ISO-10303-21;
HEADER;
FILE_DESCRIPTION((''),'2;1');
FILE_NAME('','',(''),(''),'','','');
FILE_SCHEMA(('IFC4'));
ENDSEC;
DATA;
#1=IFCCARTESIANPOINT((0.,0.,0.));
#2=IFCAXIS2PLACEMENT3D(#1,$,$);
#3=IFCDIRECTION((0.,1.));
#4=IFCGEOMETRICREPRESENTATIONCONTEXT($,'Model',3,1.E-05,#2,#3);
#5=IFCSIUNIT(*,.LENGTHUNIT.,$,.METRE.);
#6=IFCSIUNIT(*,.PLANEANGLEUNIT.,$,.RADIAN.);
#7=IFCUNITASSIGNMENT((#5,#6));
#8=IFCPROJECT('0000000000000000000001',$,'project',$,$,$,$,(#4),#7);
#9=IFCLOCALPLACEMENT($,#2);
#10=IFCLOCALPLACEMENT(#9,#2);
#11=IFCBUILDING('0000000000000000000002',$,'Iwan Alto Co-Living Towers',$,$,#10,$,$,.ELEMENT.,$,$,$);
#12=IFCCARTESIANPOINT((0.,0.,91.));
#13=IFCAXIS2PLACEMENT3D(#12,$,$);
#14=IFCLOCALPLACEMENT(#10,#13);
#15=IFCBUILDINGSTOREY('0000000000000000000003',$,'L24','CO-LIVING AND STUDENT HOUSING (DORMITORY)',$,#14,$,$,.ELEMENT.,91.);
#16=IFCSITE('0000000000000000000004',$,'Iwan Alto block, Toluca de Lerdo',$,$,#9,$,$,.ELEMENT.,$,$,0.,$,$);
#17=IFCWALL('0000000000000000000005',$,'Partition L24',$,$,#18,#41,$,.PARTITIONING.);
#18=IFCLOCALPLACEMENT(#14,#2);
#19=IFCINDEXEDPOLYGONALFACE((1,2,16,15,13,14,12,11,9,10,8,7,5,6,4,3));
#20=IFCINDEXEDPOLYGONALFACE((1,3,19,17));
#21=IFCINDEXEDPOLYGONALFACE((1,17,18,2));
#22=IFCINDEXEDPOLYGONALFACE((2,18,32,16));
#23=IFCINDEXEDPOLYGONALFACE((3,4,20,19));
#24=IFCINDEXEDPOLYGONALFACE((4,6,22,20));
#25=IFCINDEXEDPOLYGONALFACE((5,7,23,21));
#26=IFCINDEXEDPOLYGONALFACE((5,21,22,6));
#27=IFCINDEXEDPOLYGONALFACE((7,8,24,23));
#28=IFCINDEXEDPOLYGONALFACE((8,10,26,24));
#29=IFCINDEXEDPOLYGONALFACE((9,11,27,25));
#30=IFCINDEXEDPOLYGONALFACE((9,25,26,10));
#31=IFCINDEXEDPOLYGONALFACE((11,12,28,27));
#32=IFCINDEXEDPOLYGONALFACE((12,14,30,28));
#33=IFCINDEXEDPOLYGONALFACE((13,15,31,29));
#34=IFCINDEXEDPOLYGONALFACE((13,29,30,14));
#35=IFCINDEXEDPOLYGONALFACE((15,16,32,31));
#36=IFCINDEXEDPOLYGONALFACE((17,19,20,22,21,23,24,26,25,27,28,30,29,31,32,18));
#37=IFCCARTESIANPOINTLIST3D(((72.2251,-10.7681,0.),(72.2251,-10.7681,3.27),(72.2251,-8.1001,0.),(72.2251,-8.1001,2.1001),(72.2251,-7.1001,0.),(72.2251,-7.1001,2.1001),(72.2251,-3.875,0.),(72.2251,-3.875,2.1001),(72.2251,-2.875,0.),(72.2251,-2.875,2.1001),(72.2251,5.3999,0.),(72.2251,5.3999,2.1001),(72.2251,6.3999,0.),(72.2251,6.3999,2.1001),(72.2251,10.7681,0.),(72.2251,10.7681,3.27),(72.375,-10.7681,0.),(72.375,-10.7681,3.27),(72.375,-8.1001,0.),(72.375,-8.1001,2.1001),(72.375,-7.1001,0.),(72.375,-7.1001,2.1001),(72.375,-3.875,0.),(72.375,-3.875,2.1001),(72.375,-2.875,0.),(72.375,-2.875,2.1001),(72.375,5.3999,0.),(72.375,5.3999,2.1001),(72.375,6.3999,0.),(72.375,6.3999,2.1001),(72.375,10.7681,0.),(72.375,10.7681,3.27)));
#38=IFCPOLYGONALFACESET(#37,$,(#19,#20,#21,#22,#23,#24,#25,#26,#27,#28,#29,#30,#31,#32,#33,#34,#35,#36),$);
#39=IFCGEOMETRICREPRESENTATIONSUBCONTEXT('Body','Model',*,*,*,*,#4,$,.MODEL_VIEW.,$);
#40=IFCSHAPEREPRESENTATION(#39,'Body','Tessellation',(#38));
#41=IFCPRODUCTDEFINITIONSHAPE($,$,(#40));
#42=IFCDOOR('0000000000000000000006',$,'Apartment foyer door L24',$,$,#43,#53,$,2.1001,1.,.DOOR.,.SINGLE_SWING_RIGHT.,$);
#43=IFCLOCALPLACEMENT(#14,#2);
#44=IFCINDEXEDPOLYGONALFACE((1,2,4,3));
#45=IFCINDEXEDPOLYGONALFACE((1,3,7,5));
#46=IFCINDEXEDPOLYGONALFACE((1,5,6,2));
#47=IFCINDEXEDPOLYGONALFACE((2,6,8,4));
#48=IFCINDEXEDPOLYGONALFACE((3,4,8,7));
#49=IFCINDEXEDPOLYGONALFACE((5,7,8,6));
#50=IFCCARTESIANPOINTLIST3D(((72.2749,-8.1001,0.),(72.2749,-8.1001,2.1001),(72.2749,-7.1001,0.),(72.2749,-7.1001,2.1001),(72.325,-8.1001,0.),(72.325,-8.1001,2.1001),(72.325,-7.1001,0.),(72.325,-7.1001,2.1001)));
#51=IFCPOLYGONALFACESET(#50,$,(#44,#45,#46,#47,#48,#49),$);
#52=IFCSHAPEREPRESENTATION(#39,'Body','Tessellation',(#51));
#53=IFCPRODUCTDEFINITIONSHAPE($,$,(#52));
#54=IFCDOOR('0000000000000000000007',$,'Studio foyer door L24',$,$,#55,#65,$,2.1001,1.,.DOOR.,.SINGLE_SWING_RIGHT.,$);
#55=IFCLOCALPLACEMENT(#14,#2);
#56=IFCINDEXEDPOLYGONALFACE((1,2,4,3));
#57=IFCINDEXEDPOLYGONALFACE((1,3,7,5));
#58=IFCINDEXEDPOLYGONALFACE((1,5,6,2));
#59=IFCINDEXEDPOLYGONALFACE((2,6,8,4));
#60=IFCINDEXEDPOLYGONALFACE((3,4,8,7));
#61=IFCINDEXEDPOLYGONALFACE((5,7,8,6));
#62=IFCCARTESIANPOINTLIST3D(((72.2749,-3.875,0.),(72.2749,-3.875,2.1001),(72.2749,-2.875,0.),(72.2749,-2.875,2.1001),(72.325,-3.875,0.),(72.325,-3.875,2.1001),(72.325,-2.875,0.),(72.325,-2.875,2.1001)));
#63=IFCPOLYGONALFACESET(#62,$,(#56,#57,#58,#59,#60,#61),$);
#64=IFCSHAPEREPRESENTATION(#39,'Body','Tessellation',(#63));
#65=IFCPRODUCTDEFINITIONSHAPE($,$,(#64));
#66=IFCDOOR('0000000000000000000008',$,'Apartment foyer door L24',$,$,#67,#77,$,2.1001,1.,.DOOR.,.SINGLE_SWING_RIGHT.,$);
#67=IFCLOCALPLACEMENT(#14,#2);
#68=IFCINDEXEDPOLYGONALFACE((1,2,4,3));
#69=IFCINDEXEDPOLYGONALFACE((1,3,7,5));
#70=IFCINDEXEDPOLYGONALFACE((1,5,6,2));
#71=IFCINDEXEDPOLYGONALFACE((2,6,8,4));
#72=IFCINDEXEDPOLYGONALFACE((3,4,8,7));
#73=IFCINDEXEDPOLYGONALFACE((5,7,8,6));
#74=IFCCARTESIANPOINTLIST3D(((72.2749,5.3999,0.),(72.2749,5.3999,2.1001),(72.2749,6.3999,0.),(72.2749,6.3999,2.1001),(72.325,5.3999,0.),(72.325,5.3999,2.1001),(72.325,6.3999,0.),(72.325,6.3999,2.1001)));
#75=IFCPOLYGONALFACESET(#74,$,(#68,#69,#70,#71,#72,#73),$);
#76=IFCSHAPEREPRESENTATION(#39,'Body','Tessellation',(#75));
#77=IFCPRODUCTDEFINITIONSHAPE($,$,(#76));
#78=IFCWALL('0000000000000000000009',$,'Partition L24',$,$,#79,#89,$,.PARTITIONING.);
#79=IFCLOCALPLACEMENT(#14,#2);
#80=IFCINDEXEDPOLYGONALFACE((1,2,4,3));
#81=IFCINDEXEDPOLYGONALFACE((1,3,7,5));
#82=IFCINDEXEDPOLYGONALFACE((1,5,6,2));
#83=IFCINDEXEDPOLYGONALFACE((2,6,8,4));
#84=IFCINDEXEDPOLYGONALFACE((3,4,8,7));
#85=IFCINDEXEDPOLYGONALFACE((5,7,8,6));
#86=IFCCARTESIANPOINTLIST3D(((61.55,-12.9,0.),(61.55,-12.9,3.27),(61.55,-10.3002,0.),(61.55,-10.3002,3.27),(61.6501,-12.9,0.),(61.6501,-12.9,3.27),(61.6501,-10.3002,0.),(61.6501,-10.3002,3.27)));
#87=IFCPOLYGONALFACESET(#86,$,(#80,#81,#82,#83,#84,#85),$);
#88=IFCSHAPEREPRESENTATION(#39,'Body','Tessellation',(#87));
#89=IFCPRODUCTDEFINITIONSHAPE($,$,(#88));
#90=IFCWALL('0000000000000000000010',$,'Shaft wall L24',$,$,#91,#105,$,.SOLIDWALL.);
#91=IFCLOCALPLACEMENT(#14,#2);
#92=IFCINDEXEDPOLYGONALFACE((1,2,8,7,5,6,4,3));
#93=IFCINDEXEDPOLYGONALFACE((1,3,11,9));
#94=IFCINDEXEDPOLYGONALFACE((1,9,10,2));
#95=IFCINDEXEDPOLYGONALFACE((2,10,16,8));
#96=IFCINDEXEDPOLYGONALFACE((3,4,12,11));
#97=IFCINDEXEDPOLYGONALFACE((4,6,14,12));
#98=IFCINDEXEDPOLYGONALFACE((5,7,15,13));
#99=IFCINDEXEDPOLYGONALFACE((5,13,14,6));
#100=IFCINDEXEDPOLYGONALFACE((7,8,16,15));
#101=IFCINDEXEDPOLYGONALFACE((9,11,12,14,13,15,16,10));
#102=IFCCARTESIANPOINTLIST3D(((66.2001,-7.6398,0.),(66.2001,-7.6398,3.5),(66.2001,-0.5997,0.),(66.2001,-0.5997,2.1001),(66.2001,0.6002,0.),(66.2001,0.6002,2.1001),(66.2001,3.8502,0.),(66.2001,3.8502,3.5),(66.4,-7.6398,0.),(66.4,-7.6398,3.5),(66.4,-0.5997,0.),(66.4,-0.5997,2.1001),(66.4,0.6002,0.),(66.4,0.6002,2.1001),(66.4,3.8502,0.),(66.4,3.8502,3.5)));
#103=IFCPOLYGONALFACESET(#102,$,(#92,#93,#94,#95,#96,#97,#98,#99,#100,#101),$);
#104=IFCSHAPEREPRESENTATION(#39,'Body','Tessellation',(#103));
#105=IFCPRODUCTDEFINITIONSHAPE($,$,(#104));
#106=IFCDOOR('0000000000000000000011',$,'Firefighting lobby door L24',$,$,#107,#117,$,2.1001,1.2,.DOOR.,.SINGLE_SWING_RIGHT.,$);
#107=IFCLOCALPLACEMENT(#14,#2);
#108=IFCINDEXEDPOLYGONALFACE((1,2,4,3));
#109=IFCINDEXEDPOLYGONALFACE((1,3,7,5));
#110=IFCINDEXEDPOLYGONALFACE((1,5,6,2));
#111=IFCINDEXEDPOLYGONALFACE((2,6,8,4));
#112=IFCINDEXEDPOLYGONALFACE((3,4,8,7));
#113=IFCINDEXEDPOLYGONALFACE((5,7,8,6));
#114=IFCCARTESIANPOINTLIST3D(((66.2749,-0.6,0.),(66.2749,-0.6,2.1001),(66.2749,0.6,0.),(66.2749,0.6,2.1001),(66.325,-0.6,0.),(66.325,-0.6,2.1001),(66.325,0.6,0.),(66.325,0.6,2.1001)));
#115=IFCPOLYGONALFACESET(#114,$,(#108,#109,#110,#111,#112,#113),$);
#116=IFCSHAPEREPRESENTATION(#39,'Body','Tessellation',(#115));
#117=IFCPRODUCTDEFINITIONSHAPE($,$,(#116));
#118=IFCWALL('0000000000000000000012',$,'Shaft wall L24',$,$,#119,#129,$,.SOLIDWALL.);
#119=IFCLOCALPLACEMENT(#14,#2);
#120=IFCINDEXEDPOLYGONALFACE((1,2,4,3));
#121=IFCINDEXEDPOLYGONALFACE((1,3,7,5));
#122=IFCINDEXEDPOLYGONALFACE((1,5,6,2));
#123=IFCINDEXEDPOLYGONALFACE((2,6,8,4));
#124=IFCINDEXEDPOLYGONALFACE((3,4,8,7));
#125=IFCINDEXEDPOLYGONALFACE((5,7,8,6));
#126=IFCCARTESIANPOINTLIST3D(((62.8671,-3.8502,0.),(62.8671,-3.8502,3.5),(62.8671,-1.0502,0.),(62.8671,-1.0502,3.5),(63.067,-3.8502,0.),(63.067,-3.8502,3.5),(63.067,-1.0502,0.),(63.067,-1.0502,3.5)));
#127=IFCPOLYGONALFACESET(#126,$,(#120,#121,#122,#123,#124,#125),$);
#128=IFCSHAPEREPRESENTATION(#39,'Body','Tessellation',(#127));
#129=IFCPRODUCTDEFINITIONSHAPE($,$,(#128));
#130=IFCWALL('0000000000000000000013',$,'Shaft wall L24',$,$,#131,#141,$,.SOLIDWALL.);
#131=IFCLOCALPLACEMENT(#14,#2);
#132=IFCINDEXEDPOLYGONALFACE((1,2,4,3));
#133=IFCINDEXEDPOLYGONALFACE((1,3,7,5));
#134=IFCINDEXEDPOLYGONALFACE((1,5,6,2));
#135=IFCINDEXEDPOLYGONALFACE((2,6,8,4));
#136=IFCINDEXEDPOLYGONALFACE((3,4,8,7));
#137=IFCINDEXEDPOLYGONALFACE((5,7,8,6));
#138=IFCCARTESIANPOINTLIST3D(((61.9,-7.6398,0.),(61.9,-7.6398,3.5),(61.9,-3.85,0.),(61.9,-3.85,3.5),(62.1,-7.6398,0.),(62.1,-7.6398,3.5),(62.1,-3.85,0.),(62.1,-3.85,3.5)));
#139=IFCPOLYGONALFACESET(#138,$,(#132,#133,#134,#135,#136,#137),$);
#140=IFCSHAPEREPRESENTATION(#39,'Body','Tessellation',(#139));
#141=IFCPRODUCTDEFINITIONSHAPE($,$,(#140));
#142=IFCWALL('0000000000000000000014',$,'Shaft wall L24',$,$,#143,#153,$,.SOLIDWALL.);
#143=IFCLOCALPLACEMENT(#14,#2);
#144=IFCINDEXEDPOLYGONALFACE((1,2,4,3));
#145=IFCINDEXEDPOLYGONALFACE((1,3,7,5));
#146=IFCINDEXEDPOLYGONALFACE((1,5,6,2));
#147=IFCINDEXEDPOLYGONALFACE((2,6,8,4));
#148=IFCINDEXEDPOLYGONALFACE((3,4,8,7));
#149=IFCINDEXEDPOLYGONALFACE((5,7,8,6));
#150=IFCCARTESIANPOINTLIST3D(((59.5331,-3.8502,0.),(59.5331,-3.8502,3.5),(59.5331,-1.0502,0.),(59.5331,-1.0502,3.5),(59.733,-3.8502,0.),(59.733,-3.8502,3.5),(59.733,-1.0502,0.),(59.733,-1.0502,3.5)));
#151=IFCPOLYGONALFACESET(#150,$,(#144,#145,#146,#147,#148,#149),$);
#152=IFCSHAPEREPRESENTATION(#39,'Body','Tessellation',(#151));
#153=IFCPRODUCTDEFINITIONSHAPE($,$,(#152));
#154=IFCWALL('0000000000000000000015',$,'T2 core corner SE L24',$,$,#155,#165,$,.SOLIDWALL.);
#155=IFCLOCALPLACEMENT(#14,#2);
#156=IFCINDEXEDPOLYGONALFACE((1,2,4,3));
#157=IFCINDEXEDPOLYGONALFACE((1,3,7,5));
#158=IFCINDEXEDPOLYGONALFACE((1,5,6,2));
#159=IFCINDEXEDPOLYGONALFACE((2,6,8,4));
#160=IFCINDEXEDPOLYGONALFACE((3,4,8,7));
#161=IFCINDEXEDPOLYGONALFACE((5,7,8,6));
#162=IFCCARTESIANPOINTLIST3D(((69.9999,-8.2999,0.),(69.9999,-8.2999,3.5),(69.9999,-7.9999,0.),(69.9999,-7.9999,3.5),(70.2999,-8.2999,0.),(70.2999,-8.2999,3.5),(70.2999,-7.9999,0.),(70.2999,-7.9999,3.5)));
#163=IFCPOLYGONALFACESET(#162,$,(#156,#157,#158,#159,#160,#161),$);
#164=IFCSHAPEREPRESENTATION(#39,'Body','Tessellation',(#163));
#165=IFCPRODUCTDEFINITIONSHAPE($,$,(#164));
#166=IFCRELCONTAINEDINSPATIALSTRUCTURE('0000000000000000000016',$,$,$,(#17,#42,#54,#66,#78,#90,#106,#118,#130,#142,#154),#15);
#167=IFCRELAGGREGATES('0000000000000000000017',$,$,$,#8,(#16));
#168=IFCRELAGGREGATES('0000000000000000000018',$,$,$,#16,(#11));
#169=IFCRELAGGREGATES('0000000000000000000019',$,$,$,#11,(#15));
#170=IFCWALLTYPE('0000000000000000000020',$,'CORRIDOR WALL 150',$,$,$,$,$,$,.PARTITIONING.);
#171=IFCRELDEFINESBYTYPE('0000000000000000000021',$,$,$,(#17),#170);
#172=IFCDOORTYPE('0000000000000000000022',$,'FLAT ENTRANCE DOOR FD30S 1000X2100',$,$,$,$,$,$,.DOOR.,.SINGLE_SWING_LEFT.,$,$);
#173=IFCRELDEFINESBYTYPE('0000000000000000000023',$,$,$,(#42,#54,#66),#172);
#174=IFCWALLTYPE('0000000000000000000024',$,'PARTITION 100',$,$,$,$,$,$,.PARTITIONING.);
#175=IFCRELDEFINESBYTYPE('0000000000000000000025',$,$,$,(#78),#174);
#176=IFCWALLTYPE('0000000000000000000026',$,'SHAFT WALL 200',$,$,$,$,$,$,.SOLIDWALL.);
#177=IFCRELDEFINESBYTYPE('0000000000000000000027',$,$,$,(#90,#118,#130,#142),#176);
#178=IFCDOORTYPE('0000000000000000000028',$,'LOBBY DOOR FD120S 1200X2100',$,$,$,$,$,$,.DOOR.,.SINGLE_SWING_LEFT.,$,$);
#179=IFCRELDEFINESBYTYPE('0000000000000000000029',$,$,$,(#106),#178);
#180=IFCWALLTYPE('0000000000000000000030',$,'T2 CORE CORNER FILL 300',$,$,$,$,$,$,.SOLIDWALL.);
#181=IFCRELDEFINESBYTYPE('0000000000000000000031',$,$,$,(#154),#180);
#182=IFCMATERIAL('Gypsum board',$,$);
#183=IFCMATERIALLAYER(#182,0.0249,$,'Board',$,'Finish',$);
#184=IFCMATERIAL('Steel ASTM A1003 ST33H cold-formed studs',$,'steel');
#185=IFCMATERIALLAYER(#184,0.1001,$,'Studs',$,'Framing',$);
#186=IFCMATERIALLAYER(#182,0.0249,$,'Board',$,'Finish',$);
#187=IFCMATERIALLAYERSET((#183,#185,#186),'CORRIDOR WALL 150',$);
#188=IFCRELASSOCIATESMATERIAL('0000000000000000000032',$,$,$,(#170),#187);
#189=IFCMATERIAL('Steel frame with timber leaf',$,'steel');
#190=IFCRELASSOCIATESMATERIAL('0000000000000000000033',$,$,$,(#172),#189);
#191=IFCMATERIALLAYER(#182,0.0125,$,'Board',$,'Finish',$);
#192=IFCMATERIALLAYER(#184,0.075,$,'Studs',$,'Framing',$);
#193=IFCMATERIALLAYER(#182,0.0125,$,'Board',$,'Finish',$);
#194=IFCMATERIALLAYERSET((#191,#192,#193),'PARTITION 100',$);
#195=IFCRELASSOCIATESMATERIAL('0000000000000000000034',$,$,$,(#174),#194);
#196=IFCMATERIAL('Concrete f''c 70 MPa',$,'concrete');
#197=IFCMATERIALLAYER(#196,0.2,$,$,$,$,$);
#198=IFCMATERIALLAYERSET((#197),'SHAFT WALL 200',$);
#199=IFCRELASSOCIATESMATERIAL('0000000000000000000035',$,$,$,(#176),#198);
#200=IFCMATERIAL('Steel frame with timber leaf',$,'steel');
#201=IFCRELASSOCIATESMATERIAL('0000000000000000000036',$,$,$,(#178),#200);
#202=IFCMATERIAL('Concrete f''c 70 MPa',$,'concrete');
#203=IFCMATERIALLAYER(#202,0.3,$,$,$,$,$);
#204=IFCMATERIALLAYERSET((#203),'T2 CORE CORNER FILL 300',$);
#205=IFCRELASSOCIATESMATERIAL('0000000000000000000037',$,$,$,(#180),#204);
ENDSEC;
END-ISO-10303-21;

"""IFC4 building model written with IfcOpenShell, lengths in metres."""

from ifc_helpers import new_model, si_unit, direction, frame, frame_2d, origin, place, context, subcontext, project, spatial, rectangle, extrude, material, layer, layer_set, type_object, element, fill, save


model = new_model("IFC4")

# Units and contexts
model_context = context("Model", 3, precision=1e-05, world=origin(), true_north=direction((0.0, 1.0)))
body_context = subcontext(model_context, "Body", "Model", "MODEL_VIEW")
ifc_project = project(units=[si_unit("LENGTHUNIT", "METRE"), si_unit("PLANEANGLEUNIT", "RADIAN")], contexts=[model_context])

# Site, building, storey
site_placement = place(None, origin())
site = spatial("IfcSite", under=ifc_project, at=site_placement, Name="Iwan Alto block, Toluca de Lerdo", CompositionType="ELEMENT", RefElevation=0.0)
building_placement = place(site_placement, origin())
building = spatial("IfcBuilding", under=site, at=building_placement, Name="Iwan Alto Co-Living Towers", CompositionType="ELEMENT")
storey_placement = place(building_placement, frame((0.0, 0.0, 91.0)))
storey = spatial("IfcBuildingStorey", under=building, at=storey_placement, Name="L24", Description="CO-LIVING AND STUDENT HOUSING (DORMITORY)", CompositionType="ELEMENT", Elevation=91.0)

# Wall, openings, doors
ifc_material_1 = material(Name="Gypsum board")
ifc_layer_1 = layer(ifc_material_1, 0.0249, Name="Board", Category="Finish")
ifc_material_2 = material(Name="Steel ASTM A1003 ST33H cold-formed studs", Category="steel")
ifc_layer_2 = layer(ifc_material_2, 0.1001, Name="Studs", Category="Framing")
ifc_layer_3 = layer(ifc_material_1, 0.0249, Name="Board", Category="Finish")
ifc_layer_set_1 = layer_set([ifc_layer_1, ifc_layer_2, ifc_layer_3], Name="CORRIDOR WALL 150")
wall_type_1 = type_object("IfcWallType", Name="CORRIDOR WALL 150", PredefinedType="PARTITIONING", material=ifc_layer_set_1)
wall_1_placement = place(storey_placement, frame((72.3, -10.7681, 0.0), z_axis=(0.0, 0.0, 1.0), x_axis=(0.0, 1.0, 0.0)))
wall_1 = element("IfcWall", 1, at=wall_1_placement, inside=storey, type_object=wall_type_1, Name="Partition L24", PredefinedType="PARTITIONING", context=body_context, shape_type="SweptSolid", body=[
    extrude(rectangle(XDim=21.5361, YDim=0.1499, at=frame_2d((10.7681, 0.0))), origin(), (0.0, 0.0, 1.0), 3.27),
])
opening_1_placement = place(wall_1_placement, frame((2.668, 0.0, 0.0)))
opening_1 = element("IfcOpeningElement", 2, at=opening_1_placement, cuts=wall_1, PredefinedType="OPENING", context=body_context, shape_type="SweptSolid", body=[
    extrude(rectangle(XDim=1.0, YDim=2.1001, at=frame_2d((0.5, 1.05))), frame((0.0, 0.085, 0.0), z_axis=(0.0, -1.0, 0.0), x_axis=(1.0, 0.0, 0.0)), (0.0, 0.0, 1.0), 0.1699),
])
opening_2_placement = place(wall_1_placement, frame((6.8931, 0.0, 0.0)))
opening_2 = element("IfcOpeningElement", 3, at=opening_2_placement, cuts=wall_1, PredefinedType="OPENING", context=body_context, shape_type="SweptSolid", body=[
    extrude(rectangle(XDim=1.0, YDim=2.1001, at=frame_2d((0.5, 1.05))), frame((0.0, 0.085, 0.0), z_axis=(0.0, -1.0, 0.0), x_axis=(1.0, 0.0, 0.0)), (0.0, 0.0, 1.0), 0.1699),
])
opening_3_placement = place(wall_1_placement, frame((16.168, 0.0, 0.0)))
opening_3 = element("IfcOpeningElement", 4, at=opening_3_placement, cuts=wall_1, PredefinedType="OPENING", context=body_context, shape_type="SweptSolid", body=[
    extrude(rectangle(XDim=1.0, YDim=2.1001, at=frame_2d((0.5, 1.05))), frame((0.0, 0.085, 0.0), z_axis=(0.0, -1.0, 0.0), x_axis=(1.0, 0.0, 0.0)), (0.0, 0.0, 1.0), 0.1699),
])
ifc_material_3 = material(Name="Steel frame with timber leaf", Category="steel")
door_type_1 = type_object("IfcDoorType", Name="FLAT ENTRANCE DOOR FD30S 1000X2100", OperationType="SINGLE_SWING_LEFT", PredefinedType="DOOR", material=ifc_material_3)
door_1_placement = place(opening_1_placement, frame((1.0, 0.0, 0.0), z_axis=(0.0, 0.0, 1.0), x_axis=(-1.0, 0.0, 0.0)))
door_1 = element("IfcDoor", 5, at=door_1_placement, inside=storey, type_object=door_type_1, Name="Apartment foyer door L24", OperationType="SINGLE_SWING_RIGHT", OverallHeight=2.1001, OverallWidth=1.0, PredefinedType="DOOR", context=body_context, shape_type="SweptSolid", body=[
    extrude(rectangle(XDim=1.0, YDim=2.1001, at=frame_2d((0.5, 1.05))), frame((0.0, 0.0249, 0.0), z_axis=(0.0, -1.0, 0.0), x_axis=(1.0, 0.0, 0.0)), (0.0, 0.0, 1.0), 0.05),
])
fill(opening_1, door_1)
door_2_placement = place(opening_2_placement, frame((1.0, 0.0, 0.0), z_axis=(0.0, 0.0, 1.0), x_axis=(-1.0, 0.0, 0.0)))
door_2 = element("IfcDoor", 6, at=door_2_placement, inside=storey, type_object=door_type_1, Name="Studio foyer door L24", OperationType="SINGLE_SWING_RIGHT", OverallHeight=2.1001, OverallWidth=1.0, PredefinedType="DOOR", context=body_context, shape_type="SweptSolid", body=[
    extrude(rectangle(XDim=1.0, YDim=2.1001, at=frame_2d((0.5, 1.05))), frame((0.0, 0.0249, 0.0), z_axis=(0.0, -1.0, 0.0), x_axis=(1.0, 0.0, 0.0)), (0.0, 0.0, 1.0), 0.05),
])
fill(opening_2, door_2)
door_3_placement = place(opening_3_placement, frame((1.0, 0.0, 0.0), z_axis=(0.0, 0.0, 1.0), x_axis=(-1.0, 0.0, 0.0)))
door_3 = element("IfcDoor", 7, at=door_3_placement, inside=storey, type_object=door_type_1, Name="Apartment foyer door L24", OperationType="SINGLE_SWING_RIGHT", OverallHeight=2.1001, OverallWidth=1.0, PredefinedType="DOOR", context=body_context, shape_type="SweptSolid", body=[
    extrude(rectangle(XDim=1.0, YDim=2.1001, at=frame_2d((0.5, 1.05))), frame((0.0, 0.0249, 0.0), z_axis=(0.0, -1.0, 0.0), x_axis=(1.0, 0.0, 0.0)), (0.0, 0.0, 1.0), 0.05),
])
fill(opening_3, door_3)

# Wall
ifc_layer_4 = layer(ifc_material_1, 0.0125, Name="Board", Category="Finish")
ifc_layer_5 = layer(ifc_material_2, 0.075, Name="Studs", Category="Framing")
ifc_layer_6 = layer(ifc_material_1, 0.0125, Name="Board", Category="Finish")
ifc_layer_set_2 = layer_set([ifc_layer_4, ifc_layer_5, ifc_layer_6], Name="PARTITION 100")
wall_type_2 = type_object("IfcWallType", Name="PARTITION 100", PredefinedType="PARTITIONING", material=ifc_layer_set_2)
wall_2_placement = place(storey_placement, frame((61.6001, -12.8999, 0.0), z_axis=(0.0, 0.0, 1.0), x_axis=(0.0, 1.0, 0.0)))
element("IfcWall", 8, at=wall_2_placement, inside=storey, type_object=wall_type_2, Name="Partition L24", PredefinedType="PARTITIONING", context=body_context, shape_type="SweptSolid", body=[
    extrude(rectangle(XDim=2.5999, YDim=0.1001, at=frame_2d((1.2998, 0.0))), origin(), (0.0, 0.0, 1.0), 3.27),
])

# Wall, opening, door
ifc_material_4 = material(Name="Concrete f'c 70 MPa", Category="concrete")
ifc_layer_7 = layer(ifc_material_4, 0.2)
ifc_layer_set_3 = layer_set([ifc_layer_7], Name="SHAFT WALL 200")
wall_type_3 = type_object("IfcWallType", Name="SHAFT WALL 200", PredefinedType="SOLIDWALL", material=ifc_layer_set_3)
wall_3_placement = place(storey_placement, frame((66.3, -7.6399, 0.0), z_axis=(0.0, 0.0, 1.0), x_axis=(0.0, 1.0, 0.0)))
wall_3 = element("IfcWall", 9, at=wall_3_placement, inside=storey, type_object=wall_type_3, Name="Shaft wall L24", PredefinedType="SOLIDWALL", context=body_context, shape_type="SweptSolid", body=[
    extrude(rectangle(XDim=11.49, YDim=0.2, at=frame_2d((5.7451, 0.0))), origin(), (0.0, 0.0, 1.0), 3.5),
])
opening_4_placement = place(wall_3_placement, frame((7.04, 0.0, 0.0)))
opening_4 = element("IfcOpeningElement", 10, at=opening_4_placement, cuts=wall_3, PredefinedType="OPENING", context=body_context, shape_type="SweptSolid", body=[
    extrude(rectangle(XDim=1.2, YDim=2.1001, at=frame_2d((0.6001, 1.05))), frame((0.0, 0.1099, 0.0), z_axis=(0.0, -1.0, 0.0), x_axis=(1.0, 0.0, 0.0)), (0.0, 0.0, 1.0), 0.22),
])
ifc_material_5 = material(Name="Steel frame with timber leaf", Category="steel")
door_type_2 = type_object("IfcDoorType", Name="LOBBY DOOR FD120S 1200X2100", OperationType="SINGLE_SWING_LEFT", PredefinedType="DOOR", material=ifc_material_5)
door_4_placement = place(opening_4_placement, frame((1.2, 0.0, 0.0), z_axis=(0.0, 0.0, 1.0), x_axis=(-1.0, 0.0, 0.0)))
door_4 = element("IfcDoor", 11, at=door_4_placement, inside=storey, type_object=door_type_2, Name="Firefighting lobby door L24", OperationType="SINGLE_SWING_RIGHT", OverallHeight=2.1001, OverallWidth=1.2, PredefinedType="DOOR", context=body_context, shape_type="SweptSolid", body=[
    extrude(rectangle(XDim=1.2, YDim=2.1001, at=frame_2d((0.6001, 1.05))), frame((0.0, 0.0249, 0.0), z_axis=(0.0, -1.0, 0.0), x_axis=(1.0, 0.0, 0.0)), (0.0, 0.0, 1.0), 0.05),
])
fill(opening_4, door_4)

# Walls
wall_4_placement = place(storey_placement, frame((62.967, -3.8501, 0.0), z_axis=(0.0, 0.0, 1.0), x_axis=(0.0, 1.0, 0.0)))
element("IfcWall", 12, at=wall_4_placement, inside=storey, type_object=wall_type_3, Name="Shaft wall L24", PredefinedType="SOLIDWALL", context=body_context, shape_type="SweptSolid", body=[
    extrude(rectangle(XDim=2.8, YDim=0.2, at=frame_2d((1.3999, 0.0))), origin(), (0.0, 0.0, 1.0), 3.5),
])
wall_5_placement = place(storey_placement, frame((62.0, -7.6399, 0.0), z_axis=(0.0, 0.0, 1.0), x_axis=(0.0, 1.0, 0.0)))
element("IfcWall", 13, at=wall_5_placement, inside=storey, type_object=wall_type_3, Name="Shaft wall L24", PredefinedType="SOLIDWALL", context=body_context, shape_type="SweptSolid", body=[
    extrude(rectangle(XDim=3.7898, YDim=0.2, at=frame_2d((1.895, 0.0))), origin(), (0.0, 0.0, 1.0), 3.5),
])
wall_6_placement = place(storey_placement, frame((59.6331, -3.8501, 0.0), z_axis=(0.0, 0.0, 1.0), x_axis=(0.0, 1.0, 0.0)))
element("IfcWall", 14, at=wall_6_placement, inside=storey, type_object=wall_type_3, Name="Shaft wall L24", PredefinedType="SOLIDWALL", context=body_context, shape_type="SweptSolid", body=[
    extrude(rectangle(XDim=2.8, YDim=0.2, at=frame_2d((1.3999, 0.0))), origin(), (0.0, 0.0, 1.0), 3.5),
])
ifc_material_6 = material(Name="Concrete f'c 70 MPa", Category="concrete")
ifc_layer_8 = layer(ifc_material_6, 0.3)
ifc_layer_set_4 = layer_set([ifc_layer_8], Name="T2 CORE CORNER FILL 300")
wall_type_4 = type_object("IfcWallType", Name="T2 CORE CORNER FILL 300", PredefinedType="SOLIDWALL", material=ifc_layer_set_4)
wall_7_placement = place(storey_placement, frame((70.0, -8.1499, 0.0), z_axis=(0.0, 0.0, 1.0), x_axis=(1.0, 0.0, 0.0)))
element("IfcWall", 15, at=wall_7_placement, inside=storey, type_object=wall_type_4, Name="T2 core corner SE L24", PredefinedType="SOLIDWALL", context=body_context, shape_type="SweptSolid", body=[
    extrude(rectangle(XDim=0.3, YDim=0.3, at=frame_2d((0.1499, 0.0))), origin(), (0.0, 0.0, 1.0), 3.5),
])

save(model, "model.ifc")
